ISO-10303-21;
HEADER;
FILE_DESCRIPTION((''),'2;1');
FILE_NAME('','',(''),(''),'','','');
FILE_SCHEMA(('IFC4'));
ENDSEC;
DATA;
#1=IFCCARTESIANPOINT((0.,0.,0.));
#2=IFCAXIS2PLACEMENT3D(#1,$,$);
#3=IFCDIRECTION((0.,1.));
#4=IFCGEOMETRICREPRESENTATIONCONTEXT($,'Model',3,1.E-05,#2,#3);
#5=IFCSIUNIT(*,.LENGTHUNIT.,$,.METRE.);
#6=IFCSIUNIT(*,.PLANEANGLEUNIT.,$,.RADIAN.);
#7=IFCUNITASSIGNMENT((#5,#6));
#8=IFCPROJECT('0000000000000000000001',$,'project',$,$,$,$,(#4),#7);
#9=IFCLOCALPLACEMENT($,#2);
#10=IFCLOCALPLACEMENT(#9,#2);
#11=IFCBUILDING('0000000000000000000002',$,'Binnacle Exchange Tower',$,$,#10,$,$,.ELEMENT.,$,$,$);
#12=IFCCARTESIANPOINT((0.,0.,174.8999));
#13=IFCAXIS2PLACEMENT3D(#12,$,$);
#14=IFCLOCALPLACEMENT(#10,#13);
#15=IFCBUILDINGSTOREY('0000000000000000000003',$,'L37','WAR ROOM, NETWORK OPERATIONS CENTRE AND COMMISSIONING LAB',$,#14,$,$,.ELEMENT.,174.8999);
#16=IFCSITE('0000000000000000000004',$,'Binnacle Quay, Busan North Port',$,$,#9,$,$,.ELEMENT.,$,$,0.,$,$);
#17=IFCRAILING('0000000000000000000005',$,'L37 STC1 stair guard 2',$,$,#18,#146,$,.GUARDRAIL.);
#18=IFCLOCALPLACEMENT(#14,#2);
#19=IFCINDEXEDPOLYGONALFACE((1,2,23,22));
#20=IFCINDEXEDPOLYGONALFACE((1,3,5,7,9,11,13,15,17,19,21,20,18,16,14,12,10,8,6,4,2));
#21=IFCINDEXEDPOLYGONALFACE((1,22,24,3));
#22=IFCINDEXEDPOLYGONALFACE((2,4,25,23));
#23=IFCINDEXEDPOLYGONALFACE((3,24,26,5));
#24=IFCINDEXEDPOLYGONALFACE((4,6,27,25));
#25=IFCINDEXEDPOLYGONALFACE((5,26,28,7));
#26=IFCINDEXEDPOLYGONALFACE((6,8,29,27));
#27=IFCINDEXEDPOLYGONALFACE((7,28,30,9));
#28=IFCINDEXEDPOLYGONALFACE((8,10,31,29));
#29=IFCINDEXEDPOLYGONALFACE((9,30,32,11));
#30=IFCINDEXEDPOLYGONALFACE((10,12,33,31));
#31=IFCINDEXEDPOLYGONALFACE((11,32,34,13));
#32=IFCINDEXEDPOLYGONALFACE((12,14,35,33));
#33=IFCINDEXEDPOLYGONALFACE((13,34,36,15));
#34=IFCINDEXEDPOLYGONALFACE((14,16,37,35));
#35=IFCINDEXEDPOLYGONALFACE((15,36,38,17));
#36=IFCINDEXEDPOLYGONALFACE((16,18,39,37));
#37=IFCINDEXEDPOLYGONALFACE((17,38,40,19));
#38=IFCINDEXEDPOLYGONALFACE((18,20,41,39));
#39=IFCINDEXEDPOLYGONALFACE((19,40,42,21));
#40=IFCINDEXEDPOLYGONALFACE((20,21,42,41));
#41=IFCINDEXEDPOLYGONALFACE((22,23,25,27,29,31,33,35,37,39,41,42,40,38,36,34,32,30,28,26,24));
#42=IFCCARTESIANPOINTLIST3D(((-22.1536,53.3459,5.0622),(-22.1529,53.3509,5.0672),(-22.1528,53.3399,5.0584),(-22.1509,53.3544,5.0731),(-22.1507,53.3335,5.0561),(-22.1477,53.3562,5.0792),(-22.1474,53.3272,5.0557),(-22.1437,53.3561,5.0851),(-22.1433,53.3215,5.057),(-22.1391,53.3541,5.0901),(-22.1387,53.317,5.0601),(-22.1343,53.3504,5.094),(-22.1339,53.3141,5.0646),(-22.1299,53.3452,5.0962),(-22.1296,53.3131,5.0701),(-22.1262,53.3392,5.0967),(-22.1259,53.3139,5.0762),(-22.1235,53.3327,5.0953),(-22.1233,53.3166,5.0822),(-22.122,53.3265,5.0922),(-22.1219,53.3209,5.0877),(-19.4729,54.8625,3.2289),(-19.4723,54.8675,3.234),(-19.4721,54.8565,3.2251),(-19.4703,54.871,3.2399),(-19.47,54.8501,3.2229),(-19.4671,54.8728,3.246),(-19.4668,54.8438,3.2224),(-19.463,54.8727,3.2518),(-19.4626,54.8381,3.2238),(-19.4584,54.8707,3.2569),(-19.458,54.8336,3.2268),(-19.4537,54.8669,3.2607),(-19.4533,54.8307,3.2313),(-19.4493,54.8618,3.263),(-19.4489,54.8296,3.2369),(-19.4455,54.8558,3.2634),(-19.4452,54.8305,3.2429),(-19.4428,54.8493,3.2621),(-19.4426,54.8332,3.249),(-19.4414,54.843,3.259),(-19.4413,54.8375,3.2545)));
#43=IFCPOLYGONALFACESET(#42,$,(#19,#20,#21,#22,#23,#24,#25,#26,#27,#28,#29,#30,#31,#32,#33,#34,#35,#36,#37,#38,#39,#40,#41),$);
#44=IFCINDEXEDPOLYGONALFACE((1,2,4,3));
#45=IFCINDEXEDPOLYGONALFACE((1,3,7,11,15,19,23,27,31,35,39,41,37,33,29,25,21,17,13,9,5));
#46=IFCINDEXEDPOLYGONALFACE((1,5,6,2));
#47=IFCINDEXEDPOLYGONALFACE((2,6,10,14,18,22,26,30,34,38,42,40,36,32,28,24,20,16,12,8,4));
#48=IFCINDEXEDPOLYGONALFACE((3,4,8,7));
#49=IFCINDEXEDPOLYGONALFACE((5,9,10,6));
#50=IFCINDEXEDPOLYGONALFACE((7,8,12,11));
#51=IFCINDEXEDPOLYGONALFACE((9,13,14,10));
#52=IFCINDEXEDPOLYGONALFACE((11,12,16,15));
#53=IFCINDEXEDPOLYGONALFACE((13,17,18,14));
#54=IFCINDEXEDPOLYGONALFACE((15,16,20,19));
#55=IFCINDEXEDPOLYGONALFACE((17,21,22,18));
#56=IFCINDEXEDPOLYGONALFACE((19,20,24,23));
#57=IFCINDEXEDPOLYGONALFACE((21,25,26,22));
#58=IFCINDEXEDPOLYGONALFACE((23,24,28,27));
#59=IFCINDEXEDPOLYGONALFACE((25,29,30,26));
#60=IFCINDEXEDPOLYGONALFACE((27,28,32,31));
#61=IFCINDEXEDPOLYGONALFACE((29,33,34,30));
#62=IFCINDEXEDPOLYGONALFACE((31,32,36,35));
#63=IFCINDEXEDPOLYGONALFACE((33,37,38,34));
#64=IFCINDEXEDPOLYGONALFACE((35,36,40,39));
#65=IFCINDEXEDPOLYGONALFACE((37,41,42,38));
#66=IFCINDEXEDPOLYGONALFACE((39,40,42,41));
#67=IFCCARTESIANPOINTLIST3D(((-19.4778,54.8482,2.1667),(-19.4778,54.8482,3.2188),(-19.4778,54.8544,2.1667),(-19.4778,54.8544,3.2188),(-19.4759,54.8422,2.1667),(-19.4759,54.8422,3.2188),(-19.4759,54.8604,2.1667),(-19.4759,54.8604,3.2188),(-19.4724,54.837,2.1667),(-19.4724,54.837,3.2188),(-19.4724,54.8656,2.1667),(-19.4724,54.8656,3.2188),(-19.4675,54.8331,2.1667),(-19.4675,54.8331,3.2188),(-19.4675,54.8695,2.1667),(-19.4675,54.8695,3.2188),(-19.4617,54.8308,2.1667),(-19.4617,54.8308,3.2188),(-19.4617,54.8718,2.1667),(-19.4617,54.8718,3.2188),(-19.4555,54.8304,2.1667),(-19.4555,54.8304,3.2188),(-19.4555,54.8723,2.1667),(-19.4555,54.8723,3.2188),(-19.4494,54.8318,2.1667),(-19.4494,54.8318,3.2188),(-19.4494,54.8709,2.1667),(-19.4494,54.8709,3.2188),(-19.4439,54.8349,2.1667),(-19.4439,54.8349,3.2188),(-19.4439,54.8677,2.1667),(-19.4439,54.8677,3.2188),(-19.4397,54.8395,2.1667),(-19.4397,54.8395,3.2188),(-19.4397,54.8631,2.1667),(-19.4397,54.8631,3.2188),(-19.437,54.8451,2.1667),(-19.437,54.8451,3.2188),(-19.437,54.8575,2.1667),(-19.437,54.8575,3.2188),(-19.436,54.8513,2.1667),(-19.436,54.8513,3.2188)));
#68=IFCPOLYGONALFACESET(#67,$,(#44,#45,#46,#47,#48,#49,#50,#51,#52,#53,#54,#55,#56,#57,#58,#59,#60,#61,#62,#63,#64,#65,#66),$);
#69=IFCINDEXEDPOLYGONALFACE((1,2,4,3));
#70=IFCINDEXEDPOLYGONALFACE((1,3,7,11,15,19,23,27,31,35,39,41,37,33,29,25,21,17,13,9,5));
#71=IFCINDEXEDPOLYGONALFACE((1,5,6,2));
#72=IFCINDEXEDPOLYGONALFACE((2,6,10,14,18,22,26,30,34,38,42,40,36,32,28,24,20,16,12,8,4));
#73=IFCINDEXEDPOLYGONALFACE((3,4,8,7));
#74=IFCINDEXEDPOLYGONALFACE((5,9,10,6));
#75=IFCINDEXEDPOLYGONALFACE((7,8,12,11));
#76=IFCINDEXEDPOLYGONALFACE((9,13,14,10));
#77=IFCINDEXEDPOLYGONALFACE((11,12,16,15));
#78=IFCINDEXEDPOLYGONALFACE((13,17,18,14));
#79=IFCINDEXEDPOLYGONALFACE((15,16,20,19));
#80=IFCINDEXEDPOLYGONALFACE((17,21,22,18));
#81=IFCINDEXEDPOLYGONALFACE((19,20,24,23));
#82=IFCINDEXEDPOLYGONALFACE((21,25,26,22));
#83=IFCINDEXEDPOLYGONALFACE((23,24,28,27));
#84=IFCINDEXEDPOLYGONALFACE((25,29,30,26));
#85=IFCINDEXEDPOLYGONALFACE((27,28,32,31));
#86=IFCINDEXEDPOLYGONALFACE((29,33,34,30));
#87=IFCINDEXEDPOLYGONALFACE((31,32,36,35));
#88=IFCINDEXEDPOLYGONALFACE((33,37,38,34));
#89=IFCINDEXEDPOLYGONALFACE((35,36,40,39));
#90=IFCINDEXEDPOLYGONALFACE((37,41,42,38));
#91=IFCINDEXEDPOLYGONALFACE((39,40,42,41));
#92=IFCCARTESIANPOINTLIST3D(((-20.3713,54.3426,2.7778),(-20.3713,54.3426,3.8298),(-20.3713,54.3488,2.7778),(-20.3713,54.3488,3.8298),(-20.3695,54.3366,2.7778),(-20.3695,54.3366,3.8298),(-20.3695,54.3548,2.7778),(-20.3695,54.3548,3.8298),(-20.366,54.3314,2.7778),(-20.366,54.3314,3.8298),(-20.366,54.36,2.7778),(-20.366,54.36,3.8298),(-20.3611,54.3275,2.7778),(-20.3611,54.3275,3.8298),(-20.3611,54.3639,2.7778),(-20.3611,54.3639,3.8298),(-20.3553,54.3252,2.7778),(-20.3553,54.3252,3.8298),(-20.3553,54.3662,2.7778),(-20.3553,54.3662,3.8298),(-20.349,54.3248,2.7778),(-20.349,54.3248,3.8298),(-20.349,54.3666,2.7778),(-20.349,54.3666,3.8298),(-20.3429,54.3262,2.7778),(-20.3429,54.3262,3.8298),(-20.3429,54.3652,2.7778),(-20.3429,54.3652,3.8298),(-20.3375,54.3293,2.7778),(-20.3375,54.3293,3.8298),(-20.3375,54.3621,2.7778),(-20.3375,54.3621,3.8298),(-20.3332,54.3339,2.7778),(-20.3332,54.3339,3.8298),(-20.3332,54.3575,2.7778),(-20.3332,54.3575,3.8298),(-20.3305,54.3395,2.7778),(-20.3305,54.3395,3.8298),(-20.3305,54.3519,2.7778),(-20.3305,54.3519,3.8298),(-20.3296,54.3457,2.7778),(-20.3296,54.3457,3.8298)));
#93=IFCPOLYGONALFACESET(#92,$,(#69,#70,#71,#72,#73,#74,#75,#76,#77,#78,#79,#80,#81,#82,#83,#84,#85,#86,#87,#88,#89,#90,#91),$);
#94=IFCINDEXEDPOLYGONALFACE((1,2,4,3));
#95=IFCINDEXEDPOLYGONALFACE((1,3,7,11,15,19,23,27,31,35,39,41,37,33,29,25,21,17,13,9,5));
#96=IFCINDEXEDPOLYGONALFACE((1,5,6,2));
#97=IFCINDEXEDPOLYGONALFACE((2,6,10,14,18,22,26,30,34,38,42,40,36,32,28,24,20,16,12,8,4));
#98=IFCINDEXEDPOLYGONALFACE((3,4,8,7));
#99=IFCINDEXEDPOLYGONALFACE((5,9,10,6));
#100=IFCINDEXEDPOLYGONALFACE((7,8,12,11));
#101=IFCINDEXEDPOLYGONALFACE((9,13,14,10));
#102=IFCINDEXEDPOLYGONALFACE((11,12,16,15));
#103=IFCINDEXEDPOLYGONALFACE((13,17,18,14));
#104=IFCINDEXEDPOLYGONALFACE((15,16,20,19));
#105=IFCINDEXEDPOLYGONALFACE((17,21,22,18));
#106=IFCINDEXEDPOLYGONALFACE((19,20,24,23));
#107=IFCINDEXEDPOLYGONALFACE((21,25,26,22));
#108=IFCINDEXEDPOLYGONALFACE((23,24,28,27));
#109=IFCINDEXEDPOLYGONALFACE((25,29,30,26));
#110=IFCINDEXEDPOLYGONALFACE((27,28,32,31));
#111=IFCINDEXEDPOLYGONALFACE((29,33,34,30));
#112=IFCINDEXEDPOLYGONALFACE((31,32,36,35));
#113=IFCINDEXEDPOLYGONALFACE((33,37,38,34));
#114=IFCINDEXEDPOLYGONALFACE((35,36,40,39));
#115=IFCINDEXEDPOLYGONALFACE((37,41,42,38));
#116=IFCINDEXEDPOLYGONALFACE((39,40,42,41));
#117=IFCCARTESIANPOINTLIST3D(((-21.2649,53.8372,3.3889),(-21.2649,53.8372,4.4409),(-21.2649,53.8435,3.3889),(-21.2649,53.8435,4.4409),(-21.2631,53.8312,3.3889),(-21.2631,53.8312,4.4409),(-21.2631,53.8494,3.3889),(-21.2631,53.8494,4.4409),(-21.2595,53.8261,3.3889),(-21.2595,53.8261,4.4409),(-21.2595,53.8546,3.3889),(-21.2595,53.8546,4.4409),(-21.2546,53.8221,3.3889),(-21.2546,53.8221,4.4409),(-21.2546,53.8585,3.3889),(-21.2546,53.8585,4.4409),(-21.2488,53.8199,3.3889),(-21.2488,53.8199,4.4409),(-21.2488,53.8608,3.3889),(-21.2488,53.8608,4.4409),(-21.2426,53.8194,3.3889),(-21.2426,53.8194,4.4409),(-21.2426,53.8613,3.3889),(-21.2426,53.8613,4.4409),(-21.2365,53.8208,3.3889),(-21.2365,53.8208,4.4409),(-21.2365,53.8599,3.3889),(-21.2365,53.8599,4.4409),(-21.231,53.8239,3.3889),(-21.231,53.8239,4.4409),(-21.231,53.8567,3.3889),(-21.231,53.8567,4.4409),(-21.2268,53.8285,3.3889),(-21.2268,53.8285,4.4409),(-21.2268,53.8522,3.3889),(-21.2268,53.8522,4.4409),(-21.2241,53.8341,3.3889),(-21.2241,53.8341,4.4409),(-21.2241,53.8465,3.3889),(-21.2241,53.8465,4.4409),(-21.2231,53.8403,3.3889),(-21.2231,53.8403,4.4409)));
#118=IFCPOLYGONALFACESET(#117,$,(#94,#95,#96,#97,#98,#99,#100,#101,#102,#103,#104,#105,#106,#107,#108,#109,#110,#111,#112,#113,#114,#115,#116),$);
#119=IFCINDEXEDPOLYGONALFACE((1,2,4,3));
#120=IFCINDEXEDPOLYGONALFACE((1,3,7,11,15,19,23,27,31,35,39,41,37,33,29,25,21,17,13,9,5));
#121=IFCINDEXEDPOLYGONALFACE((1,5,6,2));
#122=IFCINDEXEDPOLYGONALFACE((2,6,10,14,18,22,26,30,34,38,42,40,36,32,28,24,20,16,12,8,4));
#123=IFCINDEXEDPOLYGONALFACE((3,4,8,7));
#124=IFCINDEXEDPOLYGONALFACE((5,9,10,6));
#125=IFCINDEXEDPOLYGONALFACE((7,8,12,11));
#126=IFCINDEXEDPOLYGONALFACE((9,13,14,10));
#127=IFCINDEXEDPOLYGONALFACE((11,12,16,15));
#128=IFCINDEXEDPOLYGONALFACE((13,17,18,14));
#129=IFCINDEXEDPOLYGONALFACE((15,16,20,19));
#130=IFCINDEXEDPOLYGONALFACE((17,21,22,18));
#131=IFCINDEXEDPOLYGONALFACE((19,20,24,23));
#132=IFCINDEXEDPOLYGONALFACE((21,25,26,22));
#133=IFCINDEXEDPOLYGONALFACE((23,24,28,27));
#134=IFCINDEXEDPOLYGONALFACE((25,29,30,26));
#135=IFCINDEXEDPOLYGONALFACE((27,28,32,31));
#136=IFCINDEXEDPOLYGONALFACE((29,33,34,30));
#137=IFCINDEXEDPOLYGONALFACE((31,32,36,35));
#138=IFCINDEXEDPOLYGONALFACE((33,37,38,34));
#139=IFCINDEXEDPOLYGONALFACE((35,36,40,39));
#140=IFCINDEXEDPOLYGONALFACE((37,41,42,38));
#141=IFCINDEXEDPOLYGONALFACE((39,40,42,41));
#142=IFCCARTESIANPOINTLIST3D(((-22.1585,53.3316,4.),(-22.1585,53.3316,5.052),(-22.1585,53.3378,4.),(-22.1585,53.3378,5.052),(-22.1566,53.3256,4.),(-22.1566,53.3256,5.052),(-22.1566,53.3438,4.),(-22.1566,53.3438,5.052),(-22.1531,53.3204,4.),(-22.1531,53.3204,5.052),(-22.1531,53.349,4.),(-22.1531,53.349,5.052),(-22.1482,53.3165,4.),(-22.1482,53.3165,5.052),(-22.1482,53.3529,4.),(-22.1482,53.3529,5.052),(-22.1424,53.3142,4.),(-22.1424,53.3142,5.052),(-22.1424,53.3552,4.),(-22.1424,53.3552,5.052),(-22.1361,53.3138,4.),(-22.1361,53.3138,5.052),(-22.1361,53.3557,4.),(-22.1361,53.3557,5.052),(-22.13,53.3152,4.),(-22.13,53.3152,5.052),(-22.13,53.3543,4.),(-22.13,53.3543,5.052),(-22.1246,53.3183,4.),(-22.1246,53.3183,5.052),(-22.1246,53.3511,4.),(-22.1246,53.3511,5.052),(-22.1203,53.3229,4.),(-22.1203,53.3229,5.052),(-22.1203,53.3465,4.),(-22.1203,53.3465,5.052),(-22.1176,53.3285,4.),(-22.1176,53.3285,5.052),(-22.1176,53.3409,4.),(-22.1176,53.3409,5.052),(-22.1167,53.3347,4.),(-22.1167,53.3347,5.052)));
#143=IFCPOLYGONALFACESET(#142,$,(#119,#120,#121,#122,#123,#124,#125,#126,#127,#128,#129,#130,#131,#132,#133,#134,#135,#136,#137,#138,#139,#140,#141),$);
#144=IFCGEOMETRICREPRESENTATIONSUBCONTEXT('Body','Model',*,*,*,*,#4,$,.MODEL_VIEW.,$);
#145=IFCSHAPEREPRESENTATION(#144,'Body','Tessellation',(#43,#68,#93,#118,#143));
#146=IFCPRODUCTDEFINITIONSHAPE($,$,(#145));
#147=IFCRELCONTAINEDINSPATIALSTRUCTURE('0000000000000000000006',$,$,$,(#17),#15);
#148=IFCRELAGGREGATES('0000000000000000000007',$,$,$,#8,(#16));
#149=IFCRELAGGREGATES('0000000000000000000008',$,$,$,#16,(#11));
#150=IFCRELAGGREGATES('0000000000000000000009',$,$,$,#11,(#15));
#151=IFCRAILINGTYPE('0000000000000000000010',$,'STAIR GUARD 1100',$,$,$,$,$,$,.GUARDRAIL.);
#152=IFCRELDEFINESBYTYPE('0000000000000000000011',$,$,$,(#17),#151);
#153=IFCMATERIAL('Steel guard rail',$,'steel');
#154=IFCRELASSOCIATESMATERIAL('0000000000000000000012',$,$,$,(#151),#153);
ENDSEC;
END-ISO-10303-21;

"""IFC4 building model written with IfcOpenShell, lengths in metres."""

from ifc_helpers import new_model, si_unit, direction, frame, origin, origin_2d, place, context, subcontext, project, spatial, circle, extrude, material, type_object, element, save


model = new_model("IFC4")

# Units and contexts
model_context = context("Model", 3, precision=1e-05, world=origin(), true_north=direction((0.0, 1.0)))
body_context = subcontext(model_context, "Body", "Model", "MODEL_VIEW")
ifc_project = project(units=[si_unit("LENGTHUNIT", "METRE"), si_unit("PLANEANGLEUNIT", "RADIAN")], contexts=[model_context])

# Site, building, storey
site_placement = place(None, origin())
site = spatial("IfcSite", under=ifc_project, at=site_placement, Name="Binnacle Quay, Busan North Port", CompositionType="ELEMENT", RefElevation=0.0)
building_placement = place(site_placement, origin())
building = spatial("IfcBuilding", under=site, at=building_placement, Name="Binnacle Exchange Tower", CompositionType="ELEMENT")
storey_placement = place(building_placement, frame((0.0, 0.0, 174.8999)))
storey = spatial("IfcBuildingStorey", under=building, at=storey_placement, Name="L37", Description="WAR ROOM, NETWORK OPERATIONS CENTRE AND COMMISSIONING LAB", CompositionType="ELEMENT", Elevation=174.8999)

# Railing
ifc_material_1 = material(Name="Steel guard rail", Category="steel")
railing_type_1 = type_object("IfcRailingType", Name="STAIR GUARD 1100", PredefinedType="GUARDRAIL", material=ifc_material_1)
railing_1_placement = place(storey_placement, frame((-19.457, 54.8513, 2.1667)))
element("IfcRailing", 1, at=railing_1_placement, inside=storey, type_object=railing_type_1, Name="L37 STC1 stair guard 2", PredefinedType="GUARDRAIL", context=body_context, shape_type="SweptSolid", body=[
    extrude(circle(Radius=0.0239, at=origin_2d()), frame((0.0, 0.0, 1.0762), z_axis=(-0.747901, -0.423129, 0.511474), x_axis=(0.492412, -0.870362, 0.0)), (0.0, 0.0, 1.0), 3.5842),
    extrude(circle(Radius=0.021, at=origin_2d()), origin(), (0.0, 0.0, 1.0), 1.052),
    extrude(circle(Radius=0.021, at=origin_2d()), frame((-0.8936, -0.5056, 0.6111)), (0.0, 0.0, 1.0), 1.052),
    extrude(circle(Radius=0.021, at=origin_2d()), frame((-1.7871, -1.011, 1.2222)), (0.0, 0.0, 1.0), 1.052),
    extrude(circle(Radius=0.021, at=origin_2d()), frame((-2.6807, -1.5166, 1.8333)), (0.0, 0.0, 1.0), 1.052),
])

save(model, "model.ifc")
